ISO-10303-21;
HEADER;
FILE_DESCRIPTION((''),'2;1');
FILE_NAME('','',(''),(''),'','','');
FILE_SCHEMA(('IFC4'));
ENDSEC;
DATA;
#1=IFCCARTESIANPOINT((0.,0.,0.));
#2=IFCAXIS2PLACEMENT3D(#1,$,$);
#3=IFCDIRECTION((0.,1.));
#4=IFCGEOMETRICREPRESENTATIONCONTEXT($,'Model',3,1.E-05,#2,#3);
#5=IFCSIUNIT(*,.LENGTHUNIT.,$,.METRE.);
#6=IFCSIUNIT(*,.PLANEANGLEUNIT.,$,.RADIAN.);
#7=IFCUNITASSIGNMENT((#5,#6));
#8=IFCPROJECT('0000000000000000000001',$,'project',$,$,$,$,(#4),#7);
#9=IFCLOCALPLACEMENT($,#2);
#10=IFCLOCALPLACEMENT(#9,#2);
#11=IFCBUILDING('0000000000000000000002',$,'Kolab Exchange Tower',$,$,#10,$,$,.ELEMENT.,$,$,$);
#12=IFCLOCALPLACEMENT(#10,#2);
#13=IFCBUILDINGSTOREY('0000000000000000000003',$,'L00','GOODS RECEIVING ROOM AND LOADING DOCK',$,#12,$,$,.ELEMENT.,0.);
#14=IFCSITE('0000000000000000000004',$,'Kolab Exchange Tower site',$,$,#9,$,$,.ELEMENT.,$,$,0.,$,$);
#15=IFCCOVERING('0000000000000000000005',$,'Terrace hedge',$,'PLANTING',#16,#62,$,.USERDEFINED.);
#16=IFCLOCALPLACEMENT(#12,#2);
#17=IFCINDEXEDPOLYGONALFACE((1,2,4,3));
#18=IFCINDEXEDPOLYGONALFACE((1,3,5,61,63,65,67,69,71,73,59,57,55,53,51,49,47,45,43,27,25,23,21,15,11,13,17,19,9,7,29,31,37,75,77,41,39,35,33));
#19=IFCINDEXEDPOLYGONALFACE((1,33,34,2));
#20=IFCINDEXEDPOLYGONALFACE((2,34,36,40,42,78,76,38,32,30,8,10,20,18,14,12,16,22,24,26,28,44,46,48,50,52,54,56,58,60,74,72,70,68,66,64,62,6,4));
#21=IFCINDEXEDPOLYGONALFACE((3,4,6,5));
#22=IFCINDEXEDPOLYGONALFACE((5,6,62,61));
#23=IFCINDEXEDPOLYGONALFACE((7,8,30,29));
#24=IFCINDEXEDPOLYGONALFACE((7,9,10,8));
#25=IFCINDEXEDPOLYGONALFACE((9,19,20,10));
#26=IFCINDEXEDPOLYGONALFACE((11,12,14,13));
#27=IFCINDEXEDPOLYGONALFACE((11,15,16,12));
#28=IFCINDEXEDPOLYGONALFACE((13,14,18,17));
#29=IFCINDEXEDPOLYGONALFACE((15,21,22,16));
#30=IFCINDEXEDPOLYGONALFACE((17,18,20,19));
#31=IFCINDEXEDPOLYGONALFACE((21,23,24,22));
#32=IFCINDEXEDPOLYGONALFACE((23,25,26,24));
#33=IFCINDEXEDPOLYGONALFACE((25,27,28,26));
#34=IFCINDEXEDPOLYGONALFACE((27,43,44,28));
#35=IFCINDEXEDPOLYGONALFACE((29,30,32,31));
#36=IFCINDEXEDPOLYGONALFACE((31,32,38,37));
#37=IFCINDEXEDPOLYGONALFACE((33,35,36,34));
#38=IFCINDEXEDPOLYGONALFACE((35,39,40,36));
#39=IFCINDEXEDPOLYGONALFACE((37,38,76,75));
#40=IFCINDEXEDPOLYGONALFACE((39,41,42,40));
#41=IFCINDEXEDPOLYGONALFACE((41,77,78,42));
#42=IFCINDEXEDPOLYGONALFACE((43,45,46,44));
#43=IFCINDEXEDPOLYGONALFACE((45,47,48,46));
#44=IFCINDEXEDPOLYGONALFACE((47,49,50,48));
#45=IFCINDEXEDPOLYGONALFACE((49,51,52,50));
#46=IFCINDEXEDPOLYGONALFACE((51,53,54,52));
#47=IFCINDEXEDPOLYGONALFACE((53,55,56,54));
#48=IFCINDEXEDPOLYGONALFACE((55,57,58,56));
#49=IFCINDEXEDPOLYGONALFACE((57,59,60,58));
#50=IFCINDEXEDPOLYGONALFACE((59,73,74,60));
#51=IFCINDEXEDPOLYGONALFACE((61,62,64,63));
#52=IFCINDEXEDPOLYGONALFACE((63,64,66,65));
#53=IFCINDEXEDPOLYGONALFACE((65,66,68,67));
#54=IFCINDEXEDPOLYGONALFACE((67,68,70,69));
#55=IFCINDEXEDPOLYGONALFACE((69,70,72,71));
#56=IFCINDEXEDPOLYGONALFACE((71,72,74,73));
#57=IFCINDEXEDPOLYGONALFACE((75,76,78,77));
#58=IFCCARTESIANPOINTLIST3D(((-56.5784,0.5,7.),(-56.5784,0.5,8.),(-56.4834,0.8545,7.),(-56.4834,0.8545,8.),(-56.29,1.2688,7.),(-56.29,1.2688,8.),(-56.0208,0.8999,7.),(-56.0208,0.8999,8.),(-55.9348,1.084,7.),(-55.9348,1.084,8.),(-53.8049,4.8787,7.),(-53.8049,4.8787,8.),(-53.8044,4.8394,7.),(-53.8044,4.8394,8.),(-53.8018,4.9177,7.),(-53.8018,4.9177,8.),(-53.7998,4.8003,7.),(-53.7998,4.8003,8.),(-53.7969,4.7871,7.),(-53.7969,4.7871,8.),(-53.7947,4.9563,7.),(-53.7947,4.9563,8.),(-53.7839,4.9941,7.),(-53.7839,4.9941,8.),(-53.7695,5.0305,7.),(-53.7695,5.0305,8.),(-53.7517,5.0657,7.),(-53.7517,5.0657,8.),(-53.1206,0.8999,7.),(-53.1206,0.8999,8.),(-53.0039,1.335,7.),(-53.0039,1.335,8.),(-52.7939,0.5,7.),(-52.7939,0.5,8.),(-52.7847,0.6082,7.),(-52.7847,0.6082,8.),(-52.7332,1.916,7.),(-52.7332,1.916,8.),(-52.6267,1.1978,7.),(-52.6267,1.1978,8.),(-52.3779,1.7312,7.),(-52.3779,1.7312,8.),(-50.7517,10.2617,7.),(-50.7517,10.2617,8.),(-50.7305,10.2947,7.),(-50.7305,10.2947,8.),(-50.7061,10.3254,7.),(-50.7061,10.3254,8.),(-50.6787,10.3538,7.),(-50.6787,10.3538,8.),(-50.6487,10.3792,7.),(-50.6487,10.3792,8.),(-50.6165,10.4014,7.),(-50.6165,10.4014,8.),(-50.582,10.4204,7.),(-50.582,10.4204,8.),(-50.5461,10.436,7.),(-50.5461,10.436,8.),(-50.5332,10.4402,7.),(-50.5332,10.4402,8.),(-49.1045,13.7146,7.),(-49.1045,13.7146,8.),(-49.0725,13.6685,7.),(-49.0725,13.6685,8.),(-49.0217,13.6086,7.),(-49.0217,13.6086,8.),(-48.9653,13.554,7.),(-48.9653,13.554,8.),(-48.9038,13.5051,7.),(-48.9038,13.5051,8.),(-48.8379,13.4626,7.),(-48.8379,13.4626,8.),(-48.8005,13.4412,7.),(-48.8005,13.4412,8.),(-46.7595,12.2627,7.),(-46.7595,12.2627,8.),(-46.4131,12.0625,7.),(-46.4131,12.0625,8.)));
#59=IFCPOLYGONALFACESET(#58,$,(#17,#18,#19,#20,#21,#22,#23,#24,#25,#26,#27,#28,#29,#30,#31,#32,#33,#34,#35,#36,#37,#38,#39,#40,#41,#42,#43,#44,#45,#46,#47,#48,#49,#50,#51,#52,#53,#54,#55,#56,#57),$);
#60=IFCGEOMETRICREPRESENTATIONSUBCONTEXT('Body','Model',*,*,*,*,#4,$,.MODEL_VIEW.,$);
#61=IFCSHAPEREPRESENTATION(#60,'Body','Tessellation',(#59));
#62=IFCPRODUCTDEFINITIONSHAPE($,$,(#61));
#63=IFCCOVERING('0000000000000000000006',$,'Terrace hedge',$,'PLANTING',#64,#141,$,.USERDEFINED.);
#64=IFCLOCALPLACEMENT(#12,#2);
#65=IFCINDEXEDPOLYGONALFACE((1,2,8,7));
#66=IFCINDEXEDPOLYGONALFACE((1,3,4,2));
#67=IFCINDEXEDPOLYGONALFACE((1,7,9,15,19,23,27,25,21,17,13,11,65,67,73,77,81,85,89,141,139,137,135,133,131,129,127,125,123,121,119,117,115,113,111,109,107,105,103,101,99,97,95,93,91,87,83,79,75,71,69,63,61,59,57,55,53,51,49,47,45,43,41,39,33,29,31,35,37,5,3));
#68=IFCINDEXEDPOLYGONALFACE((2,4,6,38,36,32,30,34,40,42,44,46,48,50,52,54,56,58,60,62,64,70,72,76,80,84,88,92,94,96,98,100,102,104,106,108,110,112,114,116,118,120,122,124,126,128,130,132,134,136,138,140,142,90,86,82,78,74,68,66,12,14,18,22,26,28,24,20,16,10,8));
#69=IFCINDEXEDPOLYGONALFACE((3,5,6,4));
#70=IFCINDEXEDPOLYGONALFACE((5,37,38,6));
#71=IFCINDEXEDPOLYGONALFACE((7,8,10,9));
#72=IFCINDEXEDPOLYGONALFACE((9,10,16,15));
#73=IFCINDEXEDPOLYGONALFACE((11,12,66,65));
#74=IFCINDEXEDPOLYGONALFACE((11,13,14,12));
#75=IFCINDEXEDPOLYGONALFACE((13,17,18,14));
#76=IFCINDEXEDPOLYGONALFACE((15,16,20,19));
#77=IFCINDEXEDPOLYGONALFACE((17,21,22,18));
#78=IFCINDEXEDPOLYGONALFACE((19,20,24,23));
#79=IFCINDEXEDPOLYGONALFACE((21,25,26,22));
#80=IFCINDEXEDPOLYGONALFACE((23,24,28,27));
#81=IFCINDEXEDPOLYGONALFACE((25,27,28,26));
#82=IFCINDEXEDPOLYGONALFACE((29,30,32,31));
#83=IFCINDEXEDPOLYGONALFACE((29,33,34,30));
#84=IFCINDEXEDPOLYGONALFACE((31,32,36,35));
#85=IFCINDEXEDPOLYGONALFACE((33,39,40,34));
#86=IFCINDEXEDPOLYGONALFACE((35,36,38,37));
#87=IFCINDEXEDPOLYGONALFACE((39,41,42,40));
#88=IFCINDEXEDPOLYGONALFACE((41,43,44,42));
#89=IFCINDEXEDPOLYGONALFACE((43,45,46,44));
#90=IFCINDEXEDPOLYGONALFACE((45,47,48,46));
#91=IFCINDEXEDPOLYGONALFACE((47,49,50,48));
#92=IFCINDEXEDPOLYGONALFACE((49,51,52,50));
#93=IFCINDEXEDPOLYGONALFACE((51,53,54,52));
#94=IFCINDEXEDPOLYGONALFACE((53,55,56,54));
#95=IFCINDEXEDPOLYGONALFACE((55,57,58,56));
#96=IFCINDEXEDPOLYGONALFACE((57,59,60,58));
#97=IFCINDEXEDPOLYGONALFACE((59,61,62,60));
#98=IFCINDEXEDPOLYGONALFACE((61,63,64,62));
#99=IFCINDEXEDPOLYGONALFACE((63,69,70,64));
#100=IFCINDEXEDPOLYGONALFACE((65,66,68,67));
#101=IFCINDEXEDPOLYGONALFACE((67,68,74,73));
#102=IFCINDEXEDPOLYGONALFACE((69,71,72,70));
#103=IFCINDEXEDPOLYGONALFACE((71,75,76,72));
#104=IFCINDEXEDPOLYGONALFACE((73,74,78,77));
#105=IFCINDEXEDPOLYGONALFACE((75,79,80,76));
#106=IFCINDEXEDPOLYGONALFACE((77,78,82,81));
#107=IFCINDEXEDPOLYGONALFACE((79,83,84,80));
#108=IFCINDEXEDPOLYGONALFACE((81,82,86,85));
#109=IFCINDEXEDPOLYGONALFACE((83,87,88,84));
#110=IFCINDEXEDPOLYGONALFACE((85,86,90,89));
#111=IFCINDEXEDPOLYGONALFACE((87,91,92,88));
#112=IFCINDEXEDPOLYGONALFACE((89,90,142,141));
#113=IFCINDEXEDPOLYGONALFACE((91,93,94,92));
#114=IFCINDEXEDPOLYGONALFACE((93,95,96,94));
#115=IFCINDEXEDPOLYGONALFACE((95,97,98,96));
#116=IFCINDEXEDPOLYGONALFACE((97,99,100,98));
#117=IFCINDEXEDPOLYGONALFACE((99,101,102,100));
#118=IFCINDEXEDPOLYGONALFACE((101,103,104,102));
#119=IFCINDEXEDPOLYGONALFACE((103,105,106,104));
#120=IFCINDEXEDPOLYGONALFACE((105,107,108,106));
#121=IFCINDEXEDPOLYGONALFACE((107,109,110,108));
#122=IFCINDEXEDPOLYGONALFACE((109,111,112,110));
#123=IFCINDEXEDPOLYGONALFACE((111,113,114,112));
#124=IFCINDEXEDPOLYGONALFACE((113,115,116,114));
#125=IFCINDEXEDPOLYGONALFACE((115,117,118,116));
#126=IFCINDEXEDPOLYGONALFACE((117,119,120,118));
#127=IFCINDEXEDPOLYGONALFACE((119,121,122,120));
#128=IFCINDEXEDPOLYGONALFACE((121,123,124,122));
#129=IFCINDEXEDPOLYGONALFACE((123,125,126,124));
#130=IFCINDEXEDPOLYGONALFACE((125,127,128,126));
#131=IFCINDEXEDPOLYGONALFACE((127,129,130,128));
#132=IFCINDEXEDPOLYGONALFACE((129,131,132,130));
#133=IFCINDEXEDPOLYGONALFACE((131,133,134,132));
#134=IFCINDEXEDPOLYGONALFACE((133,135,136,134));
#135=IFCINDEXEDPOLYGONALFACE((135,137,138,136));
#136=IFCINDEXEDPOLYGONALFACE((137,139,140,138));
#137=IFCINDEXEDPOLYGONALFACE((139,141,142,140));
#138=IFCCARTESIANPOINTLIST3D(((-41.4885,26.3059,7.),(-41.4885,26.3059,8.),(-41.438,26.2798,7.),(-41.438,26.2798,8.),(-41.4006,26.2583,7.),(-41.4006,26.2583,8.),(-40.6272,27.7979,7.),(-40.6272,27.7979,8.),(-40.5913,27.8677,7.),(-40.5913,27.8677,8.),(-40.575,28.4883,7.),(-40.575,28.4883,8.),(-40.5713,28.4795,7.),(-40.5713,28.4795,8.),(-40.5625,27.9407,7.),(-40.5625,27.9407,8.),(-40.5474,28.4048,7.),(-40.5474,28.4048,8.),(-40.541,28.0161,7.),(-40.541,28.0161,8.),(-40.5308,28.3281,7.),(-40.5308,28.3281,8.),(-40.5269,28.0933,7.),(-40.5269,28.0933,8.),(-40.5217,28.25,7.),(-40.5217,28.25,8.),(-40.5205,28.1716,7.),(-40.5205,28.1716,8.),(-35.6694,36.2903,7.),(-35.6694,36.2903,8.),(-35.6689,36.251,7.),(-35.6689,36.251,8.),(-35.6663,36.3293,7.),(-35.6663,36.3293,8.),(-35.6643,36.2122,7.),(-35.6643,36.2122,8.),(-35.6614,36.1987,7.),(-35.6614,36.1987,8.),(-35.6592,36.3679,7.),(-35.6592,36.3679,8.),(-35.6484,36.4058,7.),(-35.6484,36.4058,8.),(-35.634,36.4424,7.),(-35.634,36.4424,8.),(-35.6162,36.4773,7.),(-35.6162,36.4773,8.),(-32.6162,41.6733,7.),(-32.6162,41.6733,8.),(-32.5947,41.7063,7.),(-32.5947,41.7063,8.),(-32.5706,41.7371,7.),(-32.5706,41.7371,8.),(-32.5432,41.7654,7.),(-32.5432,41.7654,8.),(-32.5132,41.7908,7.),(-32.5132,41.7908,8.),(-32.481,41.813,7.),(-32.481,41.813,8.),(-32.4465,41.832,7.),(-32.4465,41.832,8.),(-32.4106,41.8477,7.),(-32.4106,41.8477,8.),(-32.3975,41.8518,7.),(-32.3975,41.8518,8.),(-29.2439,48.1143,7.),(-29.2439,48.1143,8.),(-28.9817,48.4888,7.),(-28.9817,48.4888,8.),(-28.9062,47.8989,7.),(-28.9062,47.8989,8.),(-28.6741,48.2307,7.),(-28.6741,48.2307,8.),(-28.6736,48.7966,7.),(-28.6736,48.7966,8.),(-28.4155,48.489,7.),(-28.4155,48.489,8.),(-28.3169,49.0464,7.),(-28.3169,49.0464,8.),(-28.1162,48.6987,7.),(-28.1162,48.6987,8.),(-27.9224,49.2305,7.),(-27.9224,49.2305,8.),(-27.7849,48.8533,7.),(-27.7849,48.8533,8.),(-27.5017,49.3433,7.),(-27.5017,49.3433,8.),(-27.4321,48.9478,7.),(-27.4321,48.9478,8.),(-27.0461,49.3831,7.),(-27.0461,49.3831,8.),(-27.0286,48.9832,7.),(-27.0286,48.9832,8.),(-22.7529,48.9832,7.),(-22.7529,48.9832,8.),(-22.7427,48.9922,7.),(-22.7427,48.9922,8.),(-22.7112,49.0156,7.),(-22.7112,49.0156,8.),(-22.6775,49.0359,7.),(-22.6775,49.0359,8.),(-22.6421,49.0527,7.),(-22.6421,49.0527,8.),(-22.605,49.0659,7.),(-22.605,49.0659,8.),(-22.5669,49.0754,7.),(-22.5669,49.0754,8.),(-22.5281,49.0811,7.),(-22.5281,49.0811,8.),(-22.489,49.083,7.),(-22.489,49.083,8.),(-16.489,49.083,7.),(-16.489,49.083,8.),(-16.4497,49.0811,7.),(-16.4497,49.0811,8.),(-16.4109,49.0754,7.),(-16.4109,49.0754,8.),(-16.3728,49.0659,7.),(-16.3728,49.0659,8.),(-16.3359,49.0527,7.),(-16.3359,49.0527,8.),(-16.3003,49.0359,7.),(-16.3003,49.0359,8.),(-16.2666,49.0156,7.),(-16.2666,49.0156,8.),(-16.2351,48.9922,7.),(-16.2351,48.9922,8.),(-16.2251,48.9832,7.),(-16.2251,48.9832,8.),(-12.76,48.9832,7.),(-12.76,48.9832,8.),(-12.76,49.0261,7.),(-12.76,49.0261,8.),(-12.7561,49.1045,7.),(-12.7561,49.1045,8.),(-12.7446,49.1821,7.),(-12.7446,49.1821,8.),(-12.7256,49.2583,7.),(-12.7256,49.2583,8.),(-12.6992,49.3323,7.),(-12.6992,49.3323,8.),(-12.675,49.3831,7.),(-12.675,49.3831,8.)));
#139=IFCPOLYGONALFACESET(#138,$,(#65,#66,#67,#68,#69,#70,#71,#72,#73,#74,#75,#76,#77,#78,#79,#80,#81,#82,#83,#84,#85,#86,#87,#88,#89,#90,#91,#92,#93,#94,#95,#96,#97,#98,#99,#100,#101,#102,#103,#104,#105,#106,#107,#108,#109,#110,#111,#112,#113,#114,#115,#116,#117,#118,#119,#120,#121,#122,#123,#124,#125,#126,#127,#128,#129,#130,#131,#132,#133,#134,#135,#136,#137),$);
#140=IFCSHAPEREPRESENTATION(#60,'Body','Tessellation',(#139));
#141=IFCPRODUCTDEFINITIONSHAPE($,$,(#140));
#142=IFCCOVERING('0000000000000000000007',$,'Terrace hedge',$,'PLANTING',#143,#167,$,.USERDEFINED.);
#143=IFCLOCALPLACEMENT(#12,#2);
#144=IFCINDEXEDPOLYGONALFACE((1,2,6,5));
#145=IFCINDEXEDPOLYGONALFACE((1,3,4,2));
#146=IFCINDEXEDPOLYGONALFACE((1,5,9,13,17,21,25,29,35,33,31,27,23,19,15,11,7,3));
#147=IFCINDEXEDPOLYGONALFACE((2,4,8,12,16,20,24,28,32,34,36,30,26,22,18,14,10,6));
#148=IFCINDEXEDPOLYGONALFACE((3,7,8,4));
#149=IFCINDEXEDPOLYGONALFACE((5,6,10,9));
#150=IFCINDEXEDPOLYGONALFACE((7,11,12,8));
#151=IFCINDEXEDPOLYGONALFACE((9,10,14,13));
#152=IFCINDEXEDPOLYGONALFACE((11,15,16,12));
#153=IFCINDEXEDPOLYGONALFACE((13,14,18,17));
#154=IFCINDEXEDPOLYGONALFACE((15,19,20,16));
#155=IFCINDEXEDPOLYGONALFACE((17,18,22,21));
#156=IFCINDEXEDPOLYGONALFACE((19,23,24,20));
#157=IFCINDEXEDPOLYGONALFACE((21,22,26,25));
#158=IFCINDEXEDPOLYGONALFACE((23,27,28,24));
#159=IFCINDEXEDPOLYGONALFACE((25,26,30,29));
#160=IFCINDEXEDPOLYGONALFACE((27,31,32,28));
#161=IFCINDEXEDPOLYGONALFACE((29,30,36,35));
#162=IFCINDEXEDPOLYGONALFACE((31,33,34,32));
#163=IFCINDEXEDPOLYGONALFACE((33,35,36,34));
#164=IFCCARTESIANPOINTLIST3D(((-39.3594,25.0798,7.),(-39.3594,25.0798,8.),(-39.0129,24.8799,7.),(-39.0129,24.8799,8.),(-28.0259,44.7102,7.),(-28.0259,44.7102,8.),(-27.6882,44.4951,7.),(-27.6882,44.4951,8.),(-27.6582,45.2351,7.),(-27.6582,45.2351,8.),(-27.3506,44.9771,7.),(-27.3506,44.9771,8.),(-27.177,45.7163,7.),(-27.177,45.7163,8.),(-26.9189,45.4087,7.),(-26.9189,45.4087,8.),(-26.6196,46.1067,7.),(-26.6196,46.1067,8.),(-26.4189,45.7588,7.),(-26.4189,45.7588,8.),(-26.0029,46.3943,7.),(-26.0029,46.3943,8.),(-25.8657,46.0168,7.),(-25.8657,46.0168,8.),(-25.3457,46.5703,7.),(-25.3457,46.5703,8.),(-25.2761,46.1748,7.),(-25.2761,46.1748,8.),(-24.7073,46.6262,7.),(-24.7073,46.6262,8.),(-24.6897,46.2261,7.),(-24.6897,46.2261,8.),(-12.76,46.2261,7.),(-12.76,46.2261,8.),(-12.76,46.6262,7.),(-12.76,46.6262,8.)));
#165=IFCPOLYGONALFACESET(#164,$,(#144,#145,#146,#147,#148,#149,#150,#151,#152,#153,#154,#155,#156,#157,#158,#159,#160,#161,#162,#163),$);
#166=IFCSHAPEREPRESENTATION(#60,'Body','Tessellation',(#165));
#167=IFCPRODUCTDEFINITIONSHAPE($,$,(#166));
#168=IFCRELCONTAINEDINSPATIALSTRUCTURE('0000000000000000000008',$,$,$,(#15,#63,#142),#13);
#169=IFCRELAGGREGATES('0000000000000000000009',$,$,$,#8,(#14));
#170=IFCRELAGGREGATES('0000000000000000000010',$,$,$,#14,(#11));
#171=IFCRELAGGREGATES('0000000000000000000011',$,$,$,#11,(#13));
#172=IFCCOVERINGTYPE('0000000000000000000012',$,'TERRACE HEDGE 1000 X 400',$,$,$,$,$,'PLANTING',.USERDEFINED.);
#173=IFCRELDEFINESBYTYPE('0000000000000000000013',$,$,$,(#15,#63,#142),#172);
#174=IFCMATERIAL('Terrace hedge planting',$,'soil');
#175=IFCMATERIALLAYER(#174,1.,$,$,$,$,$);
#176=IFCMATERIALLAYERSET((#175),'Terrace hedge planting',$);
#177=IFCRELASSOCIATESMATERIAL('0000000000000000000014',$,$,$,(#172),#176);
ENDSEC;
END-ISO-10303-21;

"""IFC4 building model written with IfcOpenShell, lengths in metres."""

from ifc_helpers import new_model, si_unit, direction, frame, origin, place, context, subcontext, project, spatial, polyline, outline, extrude, material, layer, layer_set, type_object, element, save


model = new_model("IFC4")

# Units and contexts
model_context = context("Model", 3, precision=1e-05, world=origin(), true_north=direction((0.0, 1.0)))
body_context = subcontext(model_context, "Body", "Model", "MODEL_VIEW")
ifc_project = project(units=[si_unit("LENGTHUNIT", "METRE"), si_unit("PLANEANGLEUNIT", "RADIAN")], contexts=[model_context])

# Site, building, storey
site_placement = place(None, origin())
site = spatial("IfcSite", under=ifc_project, at=site_placement, Name="Kolab Exchange Tower site", CompositionType="ELEMENT", RefElevation=0.0)
building_placement = place(site_placement, origin())
building = spatial("IfcBuilding", under=site, at=building_placement, Name="Kolab Exchange Tower", CompositionType="ELEMENT")
storey_placement = place(building_placement, origin())
storey = spatial("IfcBuildingStorey", under=building, at=storey_placement, Name="L00", Description="GOODS RECEIVING ROOM AND LOADING DOCK", CompositionType="ELEMENT", Elevation=0.0)

# Coverings
ifc_material_1 = material(Name="Terrace hedge planting", Category="soil")
ifc_layer_1 = layer(ifc_material_1, 1.0)
ifc_layer_set_1 = layer_set([ifc_layer_1], Name="Terrace hedge planting")
covering_type_1 = type_object("IfcCoveringType", Name="TERRACE HEDGE 1000 X 400", ElementType="PLANTING", PredefinedType="USERDEFINED", material=ifc_layer_set_1)
covering_1_placement = place(storey_placement, frame((0.0, 0.0, 7.0)))
element("IfcCovering", 1, at=covering_1_placement, inside=storey, type_object=covering_type_1, Name="Terrace hedge", ObjectType="PLANTING", PredefinedType="USERDEFINED", context=body_context, shape_type="SweptSolid", body=[
    extrude(outline(polyline([(-56.29, 1.2688), (-49.1045, 13.7146), (-49.0725, 13.6685), (-49.0217, 13.6086), (-48.9653, 13.554), (-48.9038, 13.5051), (-48.8379, 13.4626), (-48.8005, 13.4412), (-50.5332, 10.4402), (-50.5461, 10.436), (-50.582, 10.4204), (-50.6165, 10.4014), (-50.6487, 10.3792), (-50.6787, 10.3538), (-50.7061, 10.3254), (-50.7305, 10.2947), (-50.7517, 10.2617), (-53.7517, 5.0657), (-53.7695, 5.0305), (-53.7839, 4.9941), (-53.7947, 4.9563), (-53.8018, 4.9177), (-53.8049, 4.8787), (-53.8044, 4.8394), (-53.7998, 4.8003), (-53.7969, 4.7871), (-55.9348, 1.084), (-56.0208, 0.8999), (-53.1206, 0.8999), (-53.0039, 1.335), (-52.7332, 1.916), (-46.7595, 12.2627), (-46.4131, 12.0625), (-52.3779, 1.7312), (-52.6267, 1.1978), (-52.7847, 0.6082), (-52.7939, 0.5), (-56.5784, 0.5), (-56.4834, 0.8545), (-56.29, 1.2688)])), origin(), (0.0, 0.0, 1.0), 1.0),
])
covering_2_placement = place(storey_placement, frame((0.0, 0.0, 7.0)))
element("IfcCovering", 2, at=covering_2_placement, inside=storey, type_object=covering_type_1, Name="Terrace hedge", ObjectType="PLANTING", PredefinedType="USERDEFINED", context=body_context, shape_type="SweptSolid", body=[
    extrude(outline(polyline([(-29.2439, 48.1143), (-28.9817, 48.4888), (-28.6736, 48.7966), (-28.3169, 49.0464), (-27.9224, 49.2305), (-27.5017, 49.3433), (-27.0461, 49.3831), (-12.675, 49.3831), (-12.6992, 49.3323), (-12.7256, 49.2583), (-12.7446, 49.1821), (-12.7561, 49.1045), (-12.76, 49.0261), (-12.76, 48.9832), (-16.2251, 48.9832), (-16.2351, 48.9922), (-16.2666, 49.0156), (-16.3003, 49.0359), (-16.3359, 49.0527), (-16.3728, 49.0659), (-16.4109, 49.0754), (-16.4497, 49.0811), (-16.489, 49.083), (-22.489, 49.083), (-22.5281, 49.0811), (-22.5669, 49.0754), (-22.605, 49.0659), (-22.6421, 49.0527), (-22.6775, 49.0359), (-22.7112, 49.0156), (-22.7427, 48.9922), (-22.7529, 48.9832), (-27.0286, 48.9832), (-27.4321, 48.9478), (-27.7849, 48.8533), (-28.1162, 48.6987), (-28.4155, 48.489), (-28.6741, 48.2307), (-28.9062, 47.8989), (-32.3975, 41.8518), (-32.4106, 41.8477), (-32.4465, 41.832), (-32.481, 41.813), (-32.5132, 41.7908), (-32.5432, 41.7654), (-32.5706, 41.7371), (-32.5947, 41.7063), (-32.6162, 41.6733), (-35.6162, 36.4773), (-35.634, 36.4424), (-35.6484, 36.4058), (-35.6592, 36.3679), (-35.6663, 36.3293), (-35.6694, 36.2903), (-35.6689, 36.251), (-35.6643, 36.2122), (-35.6614, 36.1987), (-41.4006, 26.2583), (-41.438, 26.2798), (-41.4885, 26.3059), (-40.6272, 27.7979), (-40.5913, 27.8677), (-40.5625, 27.9407), (-40.541, 28.0161), (-40.5269, 28.0933), (-40.5205, 28.1716), (-40.5217, 28.25), (-40.5308, 28.3281), (-40.5474, 28.4048), (-40.5713, 28.4795), (-40.575, 28.4883), (-29.2439, 48.1143)])), origin(), (0.0, 0.0, 1.0), 1.0),
])
covering_3_placement = place(storey_placement, frame((0.0, 0.0, 7.0)))
element("IfcCovering", 3, at=covering_3_placement, inside=storey, type_object=covering_type_1, Name="Terrace hedge", ObjectType="PLANTING", PredefinedType="USERDEFINED", context=body_context, shape_type="SweptSolid", body=[
    extrude(outline(polyline([(-24.6897, 46.2261), (-25.2761, 46.1748), (-25.8657, 46.0168), (-26.4189, 45.7588), (-26.9189, 45.4087), (-27.3506, 44.9771), (-27.6882, 44.4951), (-39.0129, 24.8799), (-39.3594, 25.0798), (-28.0259, 44.7102), (-27.6582, 45.2351), (-27.177, 45.7163), (-26.6196, 46.1067), (-26.0029, 46.3943), (-25.3457, 46.5703), (-24.7073, 46.6262), (-12.76, 46.6262), (-12.76, 46.2261), (-24.6897, 46.2261)])), origin(), (0.0, 0.0, 1.0), 1.0),
])

save(model, "model.ifc")
